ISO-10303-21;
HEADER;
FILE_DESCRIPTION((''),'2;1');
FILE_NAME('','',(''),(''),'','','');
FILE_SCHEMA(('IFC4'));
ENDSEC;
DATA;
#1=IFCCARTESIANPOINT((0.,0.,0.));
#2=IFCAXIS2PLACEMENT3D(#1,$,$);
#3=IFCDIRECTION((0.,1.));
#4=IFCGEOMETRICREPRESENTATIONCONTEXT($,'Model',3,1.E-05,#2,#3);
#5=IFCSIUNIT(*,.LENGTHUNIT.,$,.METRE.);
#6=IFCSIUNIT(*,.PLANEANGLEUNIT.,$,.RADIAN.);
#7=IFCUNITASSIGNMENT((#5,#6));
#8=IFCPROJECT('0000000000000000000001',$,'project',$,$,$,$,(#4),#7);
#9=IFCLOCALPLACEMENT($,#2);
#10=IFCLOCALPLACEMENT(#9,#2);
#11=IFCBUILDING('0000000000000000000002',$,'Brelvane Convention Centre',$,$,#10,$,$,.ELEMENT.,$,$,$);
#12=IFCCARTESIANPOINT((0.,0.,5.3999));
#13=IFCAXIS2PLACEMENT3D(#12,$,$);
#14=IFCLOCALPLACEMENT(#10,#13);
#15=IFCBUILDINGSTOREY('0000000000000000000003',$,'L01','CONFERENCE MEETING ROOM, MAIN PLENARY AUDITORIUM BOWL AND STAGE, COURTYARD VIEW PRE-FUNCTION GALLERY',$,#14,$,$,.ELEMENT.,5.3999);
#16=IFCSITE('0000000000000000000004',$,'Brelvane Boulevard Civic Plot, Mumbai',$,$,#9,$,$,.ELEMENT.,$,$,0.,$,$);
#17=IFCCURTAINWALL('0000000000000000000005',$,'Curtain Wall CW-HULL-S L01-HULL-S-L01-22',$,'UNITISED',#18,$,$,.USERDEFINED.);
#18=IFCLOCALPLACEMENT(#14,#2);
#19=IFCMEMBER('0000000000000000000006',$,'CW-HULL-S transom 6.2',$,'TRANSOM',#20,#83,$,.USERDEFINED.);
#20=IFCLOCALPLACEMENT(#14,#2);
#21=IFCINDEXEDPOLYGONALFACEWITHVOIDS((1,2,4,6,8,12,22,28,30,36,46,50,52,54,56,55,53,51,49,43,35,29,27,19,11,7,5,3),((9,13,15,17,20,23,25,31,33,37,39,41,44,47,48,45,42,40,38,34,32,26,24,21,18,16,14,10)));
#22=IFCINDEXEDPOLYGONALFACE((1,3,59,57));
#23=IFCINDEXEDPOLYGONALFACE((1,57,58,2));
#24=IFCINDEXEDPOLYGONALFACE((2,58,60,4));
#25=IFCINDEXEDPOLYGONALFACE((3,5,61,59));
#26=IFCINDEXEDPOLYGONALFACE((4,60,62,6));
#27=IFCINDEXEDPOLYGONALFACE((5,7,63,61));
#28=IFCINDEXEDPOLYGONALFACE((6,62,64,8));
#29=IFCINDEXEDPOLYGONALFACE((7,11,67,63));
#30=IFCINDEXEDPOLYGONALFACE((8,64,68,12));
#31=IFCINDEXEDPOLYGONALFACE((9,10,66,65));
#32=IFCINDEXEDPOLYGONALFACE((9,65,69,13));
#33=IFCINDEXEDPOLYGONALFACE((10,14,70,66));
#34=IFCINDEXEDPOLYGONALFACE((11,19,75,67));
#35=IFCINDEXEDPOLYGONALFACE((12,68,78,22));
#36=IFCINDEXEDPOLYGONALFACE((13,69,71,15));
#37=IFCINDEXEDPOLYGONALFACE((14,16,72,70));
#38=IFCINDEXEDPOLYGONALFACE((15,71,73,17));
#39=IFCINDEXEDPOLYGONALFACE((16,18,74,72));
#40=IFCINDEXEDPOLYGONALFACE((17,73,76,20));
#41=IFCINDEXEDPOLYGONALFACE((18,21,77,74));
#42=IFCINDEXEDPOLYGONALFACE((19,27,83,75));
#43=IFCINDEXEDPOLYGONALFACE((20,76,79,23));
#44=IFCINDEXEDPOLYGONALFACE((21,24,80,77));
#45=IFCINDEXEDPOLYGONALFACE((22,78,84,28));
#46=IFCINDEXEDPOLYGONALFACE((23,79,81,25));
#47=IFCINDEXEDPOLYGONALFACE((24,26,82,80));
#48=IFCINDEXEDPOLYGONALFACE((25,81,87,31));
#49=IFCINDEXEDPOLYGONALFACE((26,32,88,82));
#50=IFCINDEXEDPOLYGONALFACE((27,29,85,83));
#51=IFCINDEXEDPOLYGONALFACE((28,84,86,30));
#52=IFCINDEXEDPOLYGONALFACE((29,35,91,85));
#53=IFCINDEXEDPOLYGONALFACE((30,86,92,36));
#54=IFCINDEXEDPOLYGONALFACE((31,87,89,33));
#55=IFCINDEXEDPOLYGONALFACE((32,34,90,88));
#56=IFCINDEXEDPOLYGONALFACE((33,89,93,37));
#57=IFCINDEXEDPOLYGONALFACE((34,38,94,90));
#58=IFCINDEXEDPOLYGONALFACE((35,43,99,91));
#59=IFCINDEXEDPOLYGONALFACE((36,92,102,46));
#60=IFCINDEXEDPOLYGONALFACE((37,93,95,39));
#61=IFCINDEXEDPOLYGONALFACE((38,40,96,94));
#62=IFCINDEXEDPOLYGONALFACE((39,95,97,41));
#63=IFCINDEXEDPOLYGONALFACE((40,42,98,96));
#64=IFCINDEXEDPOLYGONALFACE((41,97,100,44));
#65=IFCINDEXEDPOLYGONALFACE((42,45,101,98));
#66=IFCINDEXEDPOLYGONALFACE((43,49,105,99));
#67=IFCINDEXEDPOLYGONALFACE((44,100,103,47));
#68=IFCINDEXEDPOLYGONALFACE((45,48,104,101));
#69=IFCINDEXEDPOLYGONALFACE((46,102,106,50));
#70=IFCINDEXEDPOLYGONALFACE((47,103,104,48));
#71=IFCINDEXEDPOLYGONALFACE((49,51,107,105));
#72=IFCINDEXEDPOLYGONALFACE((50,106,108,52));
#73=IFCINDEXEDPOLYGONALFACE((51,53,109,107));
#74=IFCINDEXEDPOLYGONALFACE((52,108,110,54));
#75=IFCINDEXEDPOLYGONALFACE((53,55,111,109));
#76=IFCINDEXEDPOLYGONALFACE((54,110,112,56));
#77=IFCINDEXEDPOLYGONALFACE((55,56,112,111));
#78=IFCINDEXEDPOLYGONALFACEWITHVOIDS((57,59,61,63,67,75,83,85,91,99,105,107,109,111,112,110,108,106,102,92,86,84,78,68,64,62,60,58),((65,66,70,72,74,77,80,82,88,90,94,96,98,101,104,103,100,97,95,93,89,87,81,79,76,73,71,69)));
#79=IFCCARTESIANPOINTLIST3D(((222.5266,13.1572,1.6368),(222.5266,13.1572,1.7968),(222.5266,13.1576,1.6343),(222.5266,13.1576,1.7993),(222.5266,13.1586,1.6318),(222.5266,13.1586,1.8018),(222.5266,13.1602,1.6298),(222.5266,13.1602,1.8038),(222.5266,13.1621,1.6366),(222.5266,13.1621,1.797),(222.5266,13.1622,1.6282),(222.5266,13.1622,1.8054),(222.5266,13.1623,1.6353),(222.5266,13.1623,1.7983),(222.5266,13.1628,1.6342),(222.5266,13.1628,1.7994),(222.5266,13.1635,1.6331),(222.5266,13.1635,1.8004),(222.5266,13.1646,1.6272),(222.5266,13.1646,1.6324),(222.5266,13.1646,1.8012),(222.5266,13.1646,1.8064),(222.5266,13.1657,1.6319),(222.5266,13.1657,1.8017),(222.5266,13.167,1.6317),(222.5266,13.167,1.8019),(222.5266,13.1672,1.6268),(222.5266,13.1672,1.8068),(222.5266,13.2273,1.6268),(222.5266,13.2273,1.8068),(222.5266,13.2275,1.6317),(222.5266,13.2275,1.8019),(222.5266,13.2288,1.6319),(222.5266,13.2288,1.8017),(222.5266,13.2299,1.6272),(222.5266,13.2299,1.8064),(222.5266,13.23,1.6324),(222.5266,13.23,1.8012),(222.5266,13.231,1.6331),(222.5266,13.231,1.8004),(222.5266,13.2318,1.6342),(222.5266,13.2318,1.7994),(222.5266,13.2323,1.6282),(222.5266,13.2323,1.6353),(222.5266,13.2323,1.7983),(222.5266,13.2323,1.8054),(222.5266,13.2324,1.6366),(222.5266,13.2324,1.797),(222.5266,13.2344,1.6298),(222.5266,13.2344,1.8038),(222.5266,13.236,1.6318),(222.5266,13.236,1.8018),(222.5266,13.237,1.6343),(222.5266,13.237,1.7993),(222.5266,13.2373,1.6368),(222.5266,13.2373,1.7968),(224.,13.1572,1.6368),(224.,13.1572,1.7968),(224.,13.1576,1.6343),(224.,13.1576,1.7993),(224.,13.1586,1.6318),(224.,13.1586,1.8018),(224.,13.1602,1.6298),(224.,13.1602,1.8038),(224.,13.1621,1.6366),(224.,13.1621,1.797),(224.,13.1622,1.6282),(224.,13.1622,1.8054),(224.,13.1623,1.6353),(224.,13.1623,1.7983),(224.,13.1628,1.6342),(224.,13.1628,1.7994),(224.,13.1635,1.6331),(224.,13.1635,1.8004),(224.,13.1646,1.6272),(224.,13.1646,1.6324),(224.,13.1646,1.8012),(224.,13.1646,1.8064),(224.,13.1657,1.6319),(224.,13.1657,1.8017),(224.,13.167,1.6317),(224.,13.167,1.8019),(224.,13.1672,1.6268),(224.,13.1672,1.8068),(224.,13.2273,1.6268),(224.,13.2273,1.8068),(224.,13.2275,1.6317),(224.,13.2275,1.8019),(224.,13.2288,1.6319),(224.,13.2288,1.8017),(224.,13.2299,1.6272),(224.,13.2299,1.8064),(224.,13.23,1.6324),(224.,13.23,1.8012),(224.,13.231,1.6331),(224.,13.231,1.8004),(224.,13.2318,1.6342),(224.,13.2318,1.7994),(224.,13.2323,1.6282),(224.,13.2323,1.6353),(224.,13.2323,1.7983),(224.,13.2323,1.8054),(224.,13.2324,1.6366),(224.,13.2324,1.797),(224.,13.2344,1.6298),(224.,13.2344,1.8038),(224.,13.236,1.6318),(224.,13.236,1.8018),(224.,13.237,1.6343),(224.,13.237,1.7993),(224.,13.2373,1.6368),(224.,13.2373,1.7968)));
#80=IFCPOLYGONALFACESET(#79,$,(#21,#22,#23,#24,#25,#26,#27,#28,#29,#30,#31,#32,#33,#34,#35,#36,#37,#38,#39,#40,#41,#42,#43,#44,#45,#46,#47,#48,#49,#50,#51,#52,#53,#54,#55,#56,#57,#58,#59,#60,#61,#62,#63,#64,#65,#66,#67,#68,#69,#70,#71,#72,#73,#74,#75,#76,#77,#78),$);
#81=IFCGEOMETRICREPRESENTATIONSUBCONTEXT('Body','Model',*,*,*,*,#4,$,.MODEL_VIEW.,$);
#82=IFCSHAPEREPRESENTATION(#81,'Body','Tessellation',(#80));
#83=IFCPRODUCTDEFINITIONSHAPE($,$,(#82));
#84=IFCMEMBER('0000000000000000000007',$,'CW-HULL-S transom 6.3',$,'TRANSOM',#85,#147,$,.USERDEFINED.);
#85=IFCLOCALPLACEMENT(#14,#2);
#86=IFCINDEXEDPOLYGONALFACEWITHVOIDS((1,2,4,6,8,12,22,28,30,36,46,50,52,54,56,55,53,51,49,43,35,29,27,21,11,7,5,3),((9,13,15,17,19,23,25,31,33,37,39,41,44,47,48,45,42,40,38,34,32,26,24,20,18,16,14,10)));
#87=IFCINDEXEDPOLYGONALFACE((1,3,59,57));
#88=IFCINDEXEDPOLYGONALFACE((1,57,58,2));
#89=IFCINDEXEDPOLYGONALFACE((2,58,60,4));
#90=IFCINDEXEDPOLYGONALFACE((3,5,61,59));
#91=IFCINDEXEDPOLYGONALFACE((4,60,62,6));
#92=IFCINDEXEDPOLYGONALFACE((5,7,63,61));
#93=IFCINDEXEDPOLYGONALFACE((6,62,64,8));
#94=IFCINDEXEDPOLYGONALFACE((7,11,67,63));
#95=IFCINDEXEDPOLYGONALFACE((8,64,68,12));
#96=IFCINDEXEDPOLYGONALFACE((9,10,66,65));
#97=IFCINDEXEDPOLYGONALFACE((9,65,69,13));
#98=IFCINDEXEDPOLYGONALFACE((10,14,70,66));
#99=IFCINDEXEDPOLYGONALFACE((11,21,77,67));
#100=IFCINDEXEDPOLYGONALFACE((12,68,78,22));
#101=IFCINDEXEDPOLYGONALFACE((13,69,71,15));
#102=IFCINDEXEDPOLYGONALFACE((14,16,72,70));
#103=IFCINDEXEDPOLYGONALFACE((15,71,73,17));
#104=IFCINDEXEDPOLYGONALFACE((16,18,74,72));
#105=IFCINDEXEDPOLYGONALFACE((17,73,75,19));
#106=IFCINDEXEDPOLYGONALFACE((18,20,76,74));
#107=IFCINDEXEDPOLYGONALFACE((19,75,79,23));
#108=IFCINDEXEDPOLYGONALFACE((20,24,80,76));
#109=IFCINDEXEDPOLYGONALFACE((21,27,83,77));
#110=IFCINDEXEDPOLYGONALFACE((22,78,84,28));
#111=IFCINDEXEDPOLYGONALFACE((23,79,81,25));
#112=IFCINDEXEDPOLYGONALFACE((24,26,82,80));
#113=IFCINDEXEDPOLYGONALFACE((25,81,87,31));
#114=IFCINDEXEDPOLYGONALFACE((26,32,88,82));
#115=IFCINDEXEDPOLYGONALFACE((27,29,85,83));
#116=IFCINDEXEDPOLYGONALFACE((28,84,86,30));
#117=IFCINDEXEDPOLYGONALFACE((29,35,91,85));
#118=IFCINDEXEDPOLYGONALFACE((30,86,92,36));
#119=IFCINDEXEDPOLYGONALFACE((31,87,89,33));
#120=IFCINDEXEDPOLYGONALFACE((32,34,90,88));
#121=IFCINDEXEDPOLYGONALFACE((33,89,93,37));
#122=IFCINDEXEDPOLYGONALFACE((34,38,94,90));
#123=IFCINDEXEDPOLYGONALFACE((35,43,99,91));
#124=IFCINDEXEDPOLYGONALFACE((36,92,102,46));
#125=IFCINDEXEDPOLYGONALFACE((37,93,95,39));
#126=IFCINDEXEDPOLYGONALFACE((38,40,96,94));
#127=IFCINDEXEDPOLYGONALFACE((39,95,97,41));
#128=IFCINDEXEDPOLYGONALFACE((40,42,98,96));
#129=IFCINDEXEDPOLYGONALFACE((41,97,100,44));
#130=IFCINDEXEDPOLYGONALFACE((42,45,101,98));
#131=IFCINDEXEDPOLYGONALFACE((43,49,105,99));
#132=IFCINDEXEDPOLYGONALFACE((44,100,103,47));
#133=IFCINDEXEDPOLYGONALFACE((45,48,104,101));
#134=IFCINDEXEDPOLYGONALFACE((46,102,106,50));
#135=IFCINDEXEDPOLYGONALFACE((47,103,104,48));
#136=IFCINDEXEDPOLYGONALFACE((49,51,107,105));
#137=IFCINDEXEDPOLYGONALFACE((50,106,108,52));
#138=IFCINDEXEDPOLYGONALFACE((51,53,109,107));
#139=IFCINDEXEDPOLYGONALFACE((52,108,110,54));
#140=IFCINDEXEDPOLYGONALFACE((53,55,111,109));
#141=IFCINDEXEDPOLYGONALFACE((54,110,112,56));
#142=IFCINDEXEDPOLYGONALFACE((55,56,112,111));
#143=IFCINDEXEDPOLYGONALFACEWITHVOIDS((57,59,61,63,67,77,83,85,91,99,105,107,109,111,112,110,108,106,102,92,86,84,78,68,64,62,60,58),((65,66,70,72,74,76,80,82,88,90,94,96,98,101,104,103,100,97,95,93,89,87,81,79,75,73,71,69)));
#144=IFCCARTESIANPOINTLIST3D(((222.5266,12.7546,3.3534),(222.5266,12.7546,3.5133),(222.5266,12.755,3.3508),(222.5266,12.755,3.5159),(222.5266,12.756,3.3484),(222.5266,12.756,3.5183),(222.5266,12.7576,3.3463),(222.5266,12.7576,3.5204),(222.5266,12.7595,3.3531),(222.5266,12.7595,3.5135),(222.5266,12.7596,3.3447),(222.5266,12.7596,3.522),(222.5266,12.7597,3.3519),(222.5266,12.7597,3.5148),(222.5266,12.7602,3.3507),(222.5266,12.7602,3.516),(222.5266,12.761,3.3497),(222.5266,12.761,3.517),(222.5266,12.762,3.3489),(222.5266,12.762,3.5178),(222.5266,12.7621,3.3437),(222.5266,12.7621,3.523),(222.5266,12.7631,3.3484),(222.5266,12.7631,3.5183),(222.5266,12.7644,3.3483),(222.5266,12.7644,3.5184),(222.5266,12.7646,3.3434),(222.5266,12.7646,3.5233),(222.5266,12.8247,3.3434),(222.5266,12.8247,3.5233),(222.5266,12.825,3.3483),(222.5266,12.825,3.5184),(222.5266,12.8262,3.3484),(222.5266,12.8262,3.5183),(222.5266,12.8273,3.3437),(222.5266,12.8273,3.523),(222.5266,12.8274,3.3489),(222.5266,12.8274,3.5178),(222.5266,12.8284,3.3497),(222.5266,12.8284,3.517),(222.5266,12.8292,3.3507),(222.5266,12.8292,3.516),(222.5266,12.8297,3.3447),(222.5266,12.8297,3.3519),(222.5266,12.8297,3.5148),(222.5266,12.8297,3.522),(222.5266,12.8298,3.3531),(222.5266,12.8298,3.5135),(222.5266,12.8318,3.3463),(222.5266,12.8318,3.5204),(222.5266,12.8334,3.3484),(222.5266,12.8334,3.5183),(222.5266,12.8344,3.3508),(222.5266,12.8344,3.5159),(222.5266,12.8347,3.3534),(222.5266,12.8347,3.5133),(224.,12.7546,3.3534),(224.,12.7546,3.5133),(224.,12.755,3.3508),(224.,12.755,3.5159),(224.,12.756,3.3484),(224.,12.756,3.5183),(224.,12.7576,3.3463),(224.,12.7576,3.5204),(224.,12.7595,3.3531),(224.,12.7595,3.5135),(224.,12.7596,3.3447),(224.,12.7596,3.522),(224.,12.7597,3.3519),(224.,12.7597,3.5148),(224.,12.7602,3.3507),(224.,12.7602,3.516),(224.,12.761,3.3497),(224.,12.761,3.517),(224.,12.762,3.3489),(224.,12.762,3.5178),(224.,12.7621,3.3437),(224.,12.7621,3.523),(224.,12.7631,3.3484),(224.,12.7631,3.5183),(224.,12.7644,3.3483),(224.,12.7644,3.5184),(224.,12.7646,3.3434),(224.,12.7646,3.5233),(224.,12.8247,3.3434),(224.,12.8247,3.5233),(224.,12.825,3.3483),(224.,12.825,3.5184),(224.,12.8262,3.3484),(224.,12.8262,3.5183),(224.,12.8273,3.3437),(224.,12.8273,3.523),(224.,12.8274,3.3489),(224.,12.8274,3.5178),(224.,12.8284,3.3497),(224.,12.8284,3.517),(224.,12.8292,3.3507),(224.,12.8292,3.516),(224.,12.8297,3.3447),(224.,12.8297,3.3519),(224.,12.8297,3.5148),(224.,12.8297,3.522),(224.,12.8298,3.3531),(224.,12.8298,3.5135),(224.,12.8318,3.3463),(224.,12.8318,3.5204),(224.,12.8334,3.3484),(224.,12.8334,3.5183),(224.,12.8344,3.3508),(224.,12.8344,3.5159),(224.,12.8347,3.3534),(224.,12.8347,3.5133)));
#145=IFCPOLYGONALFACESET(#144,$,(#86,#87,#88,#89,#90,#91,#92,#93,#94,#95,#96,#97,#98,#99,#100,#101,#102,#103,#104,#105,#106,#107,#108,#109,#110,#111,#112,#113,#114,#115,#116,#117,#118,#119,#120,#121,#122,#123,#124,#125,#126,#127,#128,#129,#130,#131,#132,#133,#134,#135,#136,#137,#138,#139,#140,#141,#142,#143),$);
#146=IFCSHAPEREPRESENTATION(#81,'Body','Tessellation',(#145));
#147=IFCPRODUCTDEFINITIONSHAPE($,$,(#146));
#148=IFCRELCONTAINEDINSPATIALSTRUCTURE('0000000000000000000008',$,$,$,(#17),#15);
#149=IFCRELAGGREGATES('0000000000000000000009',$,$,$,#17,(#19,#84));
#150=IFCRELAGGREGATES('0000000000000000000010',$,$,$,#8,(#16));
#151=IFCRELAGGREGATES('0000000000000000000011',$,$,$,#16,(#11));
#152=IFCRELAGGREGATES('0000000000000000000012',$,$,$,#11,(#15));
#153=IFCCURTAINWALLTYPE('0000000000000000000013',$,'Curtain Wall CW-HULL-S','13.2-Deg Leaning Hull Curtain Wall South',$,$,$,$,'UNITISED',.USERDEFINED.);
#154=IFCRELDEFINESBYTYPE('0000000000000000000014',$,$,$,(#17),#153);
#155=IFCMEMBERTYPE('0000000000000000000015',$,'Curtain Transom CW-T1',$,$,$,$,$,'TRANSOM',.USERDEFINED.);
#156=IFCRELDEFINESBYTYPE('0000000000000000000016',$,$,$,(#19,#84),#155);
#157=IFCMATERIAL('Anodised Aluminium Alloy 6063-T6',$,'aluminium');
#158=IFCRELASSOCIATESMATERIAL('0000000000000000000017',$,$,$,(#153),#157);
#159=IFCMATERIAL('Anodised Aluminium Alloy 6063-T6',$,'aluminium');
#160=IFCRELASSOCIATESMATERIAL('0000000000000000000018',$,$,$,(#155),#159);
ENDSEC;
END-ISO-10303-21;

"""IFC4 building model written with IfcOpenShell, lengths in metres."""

from ifc_helpers import new_model, si_unit, direction, frame, origin, origin_2d, place, context, subcontext, project, spatial, hollow_rectangle, extrude, material, material_profile, profile_set, type_object, element, aggregate, save


model = new_model("IFC4")

# Units and contexts
model_context = context("Model", 3, precision=1e-05, world=origin(), true_north=direction((0.0, 1.0)))
body_context = subcontext(model_context, "Body", "Model", "MODEL_VIEW")
ifc_project = project(units=[si_unit("LENGTHUNIT", "METRE"), si_unit("PLANEANGLEUNIT", "RADIAN")], contexts=[model_context])

# Site, building, storey
site_placement = place(None, origin())
site = spatial("IfcSite", under=ifc_project, at=site_placement, Name="Brelvane Boulevard Civic Plot, Mumbai", CompositionType="ELEMENT", RefElevation=0.0)
building_placement = place(site_placement, origin())
building = spatial("IfcBuilding", under=site, at=building_placement, Name="Brelvane Convention Centre", CompositionType="ELEMENT")
storey_placement = place(building_placement, frame((0.0, 0.0, 5.3999)))
storey = spatial("IfcBuildingStorey", under=building, at=storey_placement, Name="L01", Description="CONFERENCE MEETING ROOM, MAIN PLENARY AUDITORIUM BOWL AND STAGE, COURTYARD VIEW PRE-FUNCTION GALLERY", CompositionType="ELEMENT", Elevation=5.3999)

# Curtain wall
ifc_material_1 = material(Name="Anodised Aluminium Alloy 6063-T6", Category="aluminium")
curtain_wall_type_1 = type_object("IfcCurtainWallType", Name="Curtain Wall CW-HULL-S", Description="13.2-Deg Leaning Hull Curtain Wall South", ElementType="UNITISED", PredefinedType="USERDEFINED", material=ifc_material_1)
curtain_wall_1_placement = place(storey_placement, origin())
curtain_wall_1 = element("IfcCurtainWall", 1, at=curtain_wall_1_placement, inside=storey, type_object=curtain_wall_type_1, Name="Curtain Wall CW-HULL-S L01-HULL-S-L01-22", ObjectType="UNITISED", PredefinedType="USERDEFINED")

# Members
ifc_material_2 = material(Name="Anodised Aluminium Alloy 6063-T6", Category="aluminium")
ifc_material_profile_1 = material_profile(ifc_material_2, hollow_rectangle(XDim=0.0801, YDim=0.1799, WallThickness=0.0049, InnerFilletRadius=0.0049, OuterFilletRadius=0.01, at=origin_2d()), Name="ALU-T 180x80x5.0")
ifc_profile_set_1 = profile_set([ifc_material_profile_1], Name="Anodised Aluminium Alloy 6063-T6")
member_type_1 = type_object("IfcMemberType", Name="Curtain Transom CW-T1", ElementType="TRANSOM", PredefinedType="USERDEFINED", material=ifc_profile_set_1)
member_1_placement = place(storey_placement, frame((222.5266, 13.1973, 1.7168), z_axis=(1.0, 0.0, 0.0), x_axis=(0.0, 1.0, 0.0)))
member_1 = element("IfcMember", 2, at=member_1_placement, type_object=member_type_1, Name="CW-HULL-S transom 6.2", ObjectType="TRANSOM", PredefinedType="USERDEFINED", context=body_context, shape_type="SweptSolid", body=[
    extrude(hollow_rectangle(XDim=0.0801, YDim=0.1799, WallThickness=0.0049, InnerFilletRadius=0.0049, OuterFilletRadius=0.01, at=origin_2d()), origin(), (0.0, 0.0, 1.0), 1.4734),
])
member_2_placement = place(storey_placement, frame((222.5266, 12.7947, 3.4333), z_axis=(1.0, 0.0, 0.0), x_axis=(0.0, 1.0, 0.0)))
member_2 = element("IfcMember", 3, at=member_2_placement, type_object=member_type_1, Name="CW-HULL-S transom 6.3", ObjectType="TRANSOM", PredefinedType="USERDEFINED", context=body_context, shape_type="SweptSolid", body=[
    extrude(hollow_rectangle(XDim=0.0801, YDim=0.1799, WallThickness=0.0049, InnerFilletRadius=0.0049, OuterFilletRadius=0.01, at=origin_2d()), origin(), (0.0, 0.0, 1.0), 1.4734),
])

aggregate(curtain_wall_1, [member_1, member_2])

save(model, "model.ifc")
